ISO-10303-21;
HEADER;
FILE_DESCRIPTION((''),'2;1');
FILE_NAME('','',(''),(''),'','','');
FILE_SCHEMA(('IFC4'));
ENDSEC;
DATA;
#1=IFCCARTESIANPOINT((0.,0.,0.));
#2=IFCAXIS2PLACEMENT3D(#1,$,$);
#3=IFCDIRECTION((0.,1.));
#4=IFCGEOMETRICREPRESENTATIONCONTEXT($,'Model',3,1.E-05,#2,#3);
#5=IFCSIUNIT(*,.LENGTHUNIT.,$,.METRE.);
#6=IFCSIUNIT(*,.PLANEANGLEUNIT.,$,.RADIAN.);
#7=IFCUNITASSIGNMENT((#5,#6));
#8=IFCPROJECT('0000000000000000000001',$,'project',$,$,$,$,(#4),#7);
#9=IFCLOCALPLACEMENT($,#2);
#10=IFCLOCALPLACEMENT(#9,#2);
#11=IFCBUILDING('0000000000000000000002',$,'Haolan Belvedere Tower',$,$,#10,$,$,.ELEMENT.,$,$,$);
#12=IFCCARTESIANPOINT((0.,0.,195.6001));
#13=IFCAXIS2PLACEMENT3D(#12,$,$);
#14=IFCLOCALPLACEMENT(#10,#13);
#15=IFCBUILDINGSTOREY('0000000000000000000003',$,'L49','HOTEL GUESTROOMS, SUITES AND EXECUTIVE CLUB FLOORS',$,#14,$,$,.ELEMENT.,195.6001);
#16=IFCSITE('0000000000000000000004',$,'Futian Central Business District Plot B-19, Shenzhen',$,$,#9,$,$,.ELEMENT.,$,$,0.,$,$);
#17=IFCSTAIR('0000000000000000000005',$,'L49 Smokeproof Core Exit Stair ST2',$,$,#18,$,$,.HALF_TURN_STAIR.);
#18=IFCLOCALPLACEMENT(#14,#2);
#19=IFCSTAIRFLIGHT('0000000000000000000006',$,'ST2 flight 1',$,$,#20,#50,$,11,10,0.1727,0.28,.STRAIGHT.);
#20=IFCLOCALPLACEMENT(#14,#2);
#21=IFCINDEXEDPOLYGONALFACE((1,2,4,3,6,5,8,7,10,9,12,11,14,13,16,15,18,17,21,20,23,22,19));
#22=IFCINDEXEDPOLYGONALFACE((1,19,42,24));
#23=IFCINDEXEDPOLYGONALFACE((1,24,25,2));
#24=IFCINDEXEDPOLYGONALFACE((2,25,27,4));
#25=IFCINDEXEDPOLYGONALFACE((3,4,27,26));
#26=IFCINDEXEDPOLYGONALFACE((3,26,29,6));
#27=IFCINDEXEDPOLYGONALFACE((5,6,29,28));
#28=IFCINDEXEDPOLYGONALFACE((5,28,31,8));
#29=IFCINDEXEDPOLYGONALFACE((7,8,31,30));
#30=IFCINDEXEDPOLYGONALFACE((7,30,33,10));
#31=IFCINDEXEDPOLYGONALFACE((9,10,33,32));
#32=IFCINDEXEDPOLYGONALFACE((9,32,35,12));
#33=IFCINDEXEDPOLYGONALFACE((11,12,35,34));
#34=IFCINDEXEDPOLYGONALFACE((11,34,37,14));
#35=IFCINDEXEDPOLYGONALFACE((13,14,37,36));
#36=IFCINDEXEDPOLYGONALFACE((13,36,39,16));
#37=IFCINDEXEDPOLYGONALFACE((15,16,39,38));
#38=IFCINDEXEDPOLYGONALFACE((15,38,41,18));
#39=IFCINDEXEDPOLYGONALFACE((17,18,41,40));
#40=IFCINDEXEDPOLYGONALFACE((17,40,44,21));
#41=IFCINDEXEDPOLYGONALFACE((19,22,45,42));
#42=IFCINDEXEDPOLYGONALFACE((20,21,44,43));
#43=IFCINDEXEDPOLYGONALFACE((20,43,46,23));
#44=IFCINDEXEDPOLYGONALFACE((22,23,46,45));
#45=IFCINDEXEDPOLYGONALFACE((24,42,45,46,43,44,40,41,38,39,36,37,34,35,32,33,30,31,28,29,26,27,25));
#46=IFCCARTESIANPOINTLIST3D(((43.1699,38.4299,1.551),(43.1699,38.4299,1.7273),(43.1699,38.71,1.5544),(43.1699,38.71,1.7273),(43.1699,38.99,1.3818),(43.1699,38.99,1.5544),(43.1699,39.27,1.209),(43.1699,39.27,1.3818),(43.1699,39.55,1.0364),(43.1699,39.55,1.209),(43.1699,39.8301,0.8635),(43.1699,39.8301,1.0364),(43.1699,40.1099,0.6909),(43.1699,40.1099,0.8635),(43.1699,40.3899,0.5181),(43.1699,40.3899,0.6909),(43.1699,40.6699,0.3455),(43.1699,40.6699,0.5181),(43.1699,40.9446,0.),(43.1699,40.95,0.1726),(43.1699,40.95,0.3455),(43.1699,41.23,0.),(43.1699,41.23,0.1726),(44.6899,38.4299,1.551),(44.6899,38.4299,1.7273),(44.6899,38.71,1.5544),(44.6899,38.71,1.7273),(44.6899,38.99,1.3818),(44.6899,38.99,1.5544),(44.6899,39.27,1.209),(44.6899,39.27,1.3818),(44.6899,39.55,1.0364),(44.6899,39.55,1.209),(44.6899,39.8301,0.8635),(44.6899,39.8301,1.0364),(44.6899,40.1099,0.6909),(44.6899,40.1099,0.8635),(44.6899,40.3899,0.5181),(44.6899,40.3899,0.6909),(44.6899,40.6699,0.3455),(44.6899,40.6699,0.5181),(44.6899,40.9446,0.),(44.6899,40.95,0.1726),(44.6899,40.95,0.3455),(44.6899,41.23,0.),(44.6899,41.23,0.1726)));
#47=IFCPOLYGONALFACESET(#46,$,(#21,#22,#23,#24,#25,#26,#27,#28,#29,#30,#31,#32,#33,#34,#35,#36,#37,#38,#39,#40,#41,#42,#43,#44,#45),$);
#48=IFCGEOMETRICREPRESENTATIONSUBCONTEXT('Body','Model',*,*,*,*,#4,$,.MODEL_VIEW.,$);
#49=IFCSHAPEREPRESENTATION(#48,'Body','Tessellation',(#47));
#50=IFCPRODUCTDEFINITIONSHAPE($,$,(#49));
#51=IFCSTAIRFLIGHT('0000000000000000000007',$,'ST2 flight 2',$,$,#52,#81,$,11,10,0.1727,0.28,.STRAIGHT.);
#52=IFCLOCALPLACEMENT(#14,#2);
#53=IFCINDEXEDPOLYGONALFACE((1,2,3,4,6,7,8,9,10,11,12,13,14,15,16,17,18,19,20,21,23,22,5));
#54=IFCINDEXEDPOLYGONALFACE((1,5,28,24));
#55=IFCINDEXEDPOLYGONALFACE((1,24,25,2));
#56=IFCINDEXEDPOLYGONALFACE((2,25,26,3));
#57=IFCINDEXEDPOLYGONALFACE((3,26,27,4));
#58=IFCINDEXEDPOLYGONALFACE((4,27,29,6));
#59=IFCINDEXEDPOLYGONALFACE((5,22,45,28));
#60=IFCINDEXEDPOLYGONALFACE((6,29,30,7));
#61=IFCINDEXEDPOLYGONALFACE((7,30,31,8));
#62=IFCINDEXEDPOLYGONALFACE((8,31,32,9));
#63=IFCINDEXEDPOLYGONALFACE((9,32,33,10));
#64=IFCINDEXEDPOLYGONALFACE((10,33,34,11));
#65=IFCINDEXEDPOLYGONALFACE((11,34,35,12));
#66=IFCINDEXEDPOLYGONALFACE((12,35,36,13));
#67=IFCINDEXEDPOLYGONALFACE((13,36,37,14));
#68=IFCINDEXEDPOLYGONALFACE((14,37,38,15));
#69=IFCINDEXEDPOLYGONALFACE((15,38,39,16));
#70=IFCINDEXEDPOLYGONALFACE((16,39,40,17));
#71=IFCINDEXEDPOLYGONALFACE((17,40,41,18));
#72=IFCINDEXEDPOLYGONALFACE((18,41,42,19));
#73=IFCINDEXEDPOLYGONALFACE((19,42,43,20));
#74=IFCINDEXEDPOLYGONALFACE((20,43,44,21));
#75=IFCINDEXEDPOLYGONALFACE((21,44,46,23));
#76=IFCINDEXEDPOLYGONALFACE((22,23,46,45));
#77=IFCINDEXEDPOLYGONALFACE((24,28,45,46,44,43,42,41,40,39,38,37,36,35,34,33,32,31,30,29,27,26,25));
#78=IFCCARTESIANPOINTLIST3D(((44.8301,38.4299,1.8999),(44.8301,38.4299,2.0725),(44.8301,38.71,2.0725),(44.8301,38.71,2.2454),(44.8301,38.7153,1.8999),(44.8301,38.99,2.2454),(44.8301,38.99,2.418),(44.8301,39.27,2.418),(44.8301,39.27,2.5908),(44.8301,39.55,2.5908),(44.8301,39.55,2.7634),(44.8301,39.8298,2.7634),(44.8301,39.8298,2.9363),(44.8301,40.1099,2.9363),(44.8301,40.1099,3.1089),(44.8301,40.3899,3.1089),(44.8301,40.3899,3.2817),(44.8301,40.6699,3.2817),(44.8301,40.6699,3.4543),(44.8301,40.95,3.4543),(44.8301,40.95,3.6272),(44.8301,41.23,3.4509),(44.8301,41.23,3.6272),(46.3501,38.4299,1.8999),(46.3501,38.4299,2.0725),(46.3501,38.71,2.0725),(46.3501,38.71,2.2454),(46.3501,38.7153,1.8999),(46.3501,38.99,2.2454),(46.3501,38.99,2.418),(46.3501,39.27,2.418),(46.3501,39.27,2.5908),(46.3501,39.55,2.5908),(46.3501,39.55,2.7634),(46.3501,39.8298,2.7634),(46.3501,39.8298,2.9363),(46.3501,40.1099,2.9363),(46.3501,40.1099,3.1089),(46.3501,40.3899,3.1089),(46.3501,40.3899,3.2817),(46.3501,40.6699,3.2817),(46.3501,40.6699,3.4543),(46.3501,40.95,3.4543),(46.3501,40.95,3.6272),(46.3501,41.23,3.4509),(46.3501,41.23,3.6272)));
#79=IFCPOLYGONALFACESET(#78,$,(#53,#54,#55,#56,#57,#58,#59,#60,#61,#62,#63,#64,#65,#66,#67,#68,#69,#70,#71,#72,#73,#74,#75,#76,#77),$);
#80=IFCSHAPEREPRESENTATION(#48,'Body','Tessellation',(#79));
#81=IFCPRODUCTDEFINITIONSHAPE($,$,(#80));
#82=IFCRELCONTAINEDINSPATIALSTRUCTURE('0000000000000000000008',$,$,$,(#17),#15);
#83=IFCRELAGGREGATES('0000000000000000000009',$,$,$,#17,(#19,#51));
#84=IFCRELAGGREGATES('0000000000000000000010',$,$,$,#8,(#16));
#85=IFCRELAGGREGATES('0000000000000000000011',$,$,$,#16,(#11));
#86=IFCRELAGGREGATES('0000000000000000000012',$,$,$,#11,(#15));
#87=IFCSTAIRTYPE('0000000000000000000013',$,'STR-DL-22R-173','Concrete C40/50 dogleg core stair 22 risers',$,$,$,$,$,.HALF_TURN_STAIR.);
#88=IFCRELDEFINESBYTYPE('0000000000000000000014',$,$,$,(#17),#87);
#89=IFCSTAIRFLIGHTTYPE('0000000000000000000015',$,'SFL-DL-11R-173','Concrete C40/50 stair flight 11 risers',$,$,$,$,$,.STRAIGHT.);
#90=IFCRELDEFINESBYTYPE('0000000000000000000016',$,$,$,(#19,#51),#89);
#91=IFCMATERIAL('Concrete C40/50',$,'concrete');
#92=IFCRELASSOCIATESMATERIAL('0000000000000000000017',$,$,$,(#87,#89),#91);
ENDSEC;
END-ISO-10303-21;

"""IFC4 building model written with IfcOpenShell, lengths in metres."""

from ifc_helpers import new_model, si_unit, direction, frame, origin, place, context, subcontext, project, spatial, polyline, outline, extrude, material, type_object, element, aggregate, save


model = new_model("IFC4")

# Units and contexts
model_context = context("Model", 3, precision=1e-05, world=origin(), true_north=direction((0.0, 1.0)))
body_context = subcontext(model_context, "Body", "Model", "MODEL_VIEW")
ifc_project = project(units=[si_unit("LENGTHUNIT", "METRE"), si_unit("PLANEANGLEUNIT", "RADIAN")], contexts=[model_context])

# Site, building, storey
site_placement = place(None, origin())
site = spatial("IfcSite", under=ifc_project, at=site_placement, Name="Futian Central Business District Plot B-19, Shenzhen", CompositionType="ELEMENT", RefElevation=0.0)
building_placement = place(site_placement, origin())
building = spatial("IfcBuilding", under=site, at=building_placement, Name="Haolan Belvedere Tower", CompositionType="ELEMENT")
storey_placement = place(building_placement, frame((0.0, 0.0, 195.6001)))
storey = spatial("IfcBuildingStorey", under=building, at=storey_placement, Name="L49", Description="HOTEL GUESTROOMS, SUITES AND EXECUTIVE CLUB FLOORS", CompositionType="ELEMENT", Elevation=195.6001)

# Shared definitions
ifc_material_1 = material(Name="Concrete C40/50", Category="concrete")

# Shared definitions
stair_type = type_object("IfcStairType", Name="STR-DL-22R-173", Description="Concrete C40/50 dogleg core stair 22 risers", PredefinedType="HALF_TURN_STAIR", material=ifc_material_1)
stair_flight_type = type_object("IfcStairFlightType", Name="SFL-DL-11R-173", Description="Concrete C40/50 stair flight 11 risers", PredefinedType="STRAIGHT", material=ifc_material_1)

# Stair, stair flights
stair_1_placement = place(storey_placement, origin())
stair_1 = element("IfcStair", 1, at=stair_1_placement, inside=storey, type_object=stair_type, Name="L49 Smokeproof Core Exit Stair ST2", PredefinedType="HALF_TURN_STAIR")
stair_flight_1_placement = place(storey_placement, frame((43.9299, 41.23, 0.0), z_axis=(0.0, 0.0, 1.0), x_axis=(0.0, -1.0, 0.0)))
stair_flight_1 = element("IfcStairFlight", 2, at=stair_flight_1_placement, type_object=stair_flight_type, Name="ST2 flight 1", NumberOfRisers=11, NumberOfTreads=10, PredefinedType="STRAIGHT", RiserHeight=0.1727, TreadLength=0.28, context=body_context, shape_type="SweptSolid", body=[
    extrude(outline(polyline([(0.0, 0.0), (0.0, 0.1726), (0.28, 0.1726), (0.28, 0.3455), (0.5601, 0.3455), (0.5601, 0.5181), (0.8401, 0.5181), (0.8401, 0.6909), (1.1201, 0.6909), (1.1201, 0.8635), (1.3999, 0.8635), (1.3999, 1.0364), (1.6799, 1.0364), (1.6799, 1.209), (1.96, 1.209), (1.96, 1.3818), (2.24, 1.3818), (2.24, 1.5544), (2.52, 1.5544), (2.52, 1.7273), (2.8, 1.7273), (2.8, 1.8999), (2.8, 1.551), (0.2854, 0.0), (0.0, 0.0)])), frame((0.0, 0.76, 0.0), z_axis=(0.0, -1.0, 0.0), x_axis=(1.0, 0.0, 0.0)), (0.0, 0.0, 1.0), 1.52),
])
stair_flight_2_placement = place(storey_placement, frame((45.5901, 38.4299, 1.8999), z_axis=(0.0, 0.0, 1.0), x_axis=(0.0, 1.0, 0.0)))
stair_flight_2 = element("IfcStairFlight", 3, at=stair_flight_2_placement, type_object=stair_flight_type, Name="ST2 flight 2", NumberOfRisers=11, NumberOfTreads=10, PredefinedType="STRAIGHT", RiserHeight=0.1727, TreadLength=0.28, context=body_context, shape_type="SweptSolid", body=[
    extrude(outline(polyline([(0.0, 0.0), (0.0, 0.1726), (0.28, 0.1726), (0.28, 0.3455), (0.5601, 0.3455), (0.5601, 0.5181), (0.8401, 0.5181), (0.8401, 0.6909), (1.1201, 0.6909), (1.1201, 0.8635), (1.3999, 0.8635), (1.3999, 1.0364), (1.6799, 1.0364), (1.6799, 1.209), (1.96, 1.209), (1.96, 1.3818), (2.24, 1.3818), (2.24, 1.5544), (2.52, 1.5544), (2.52, 1.7273), (2.8, 1.7273), (2.8, 1.8999), (2.8, 1.551), (0.2854, 0.0), (0.0, 0.0)])), frame((0.0, 0.76, 0.0), z_axis=(0.0, -1.0, 0.0), x_axis=(1.0, 0.0, 0.0)), (0.0, 0.0, 1.0), 1.52),
])
aggregate(stair_1, [stair_flight_1, stair_flight_2])

save(model, "model.ifc")
